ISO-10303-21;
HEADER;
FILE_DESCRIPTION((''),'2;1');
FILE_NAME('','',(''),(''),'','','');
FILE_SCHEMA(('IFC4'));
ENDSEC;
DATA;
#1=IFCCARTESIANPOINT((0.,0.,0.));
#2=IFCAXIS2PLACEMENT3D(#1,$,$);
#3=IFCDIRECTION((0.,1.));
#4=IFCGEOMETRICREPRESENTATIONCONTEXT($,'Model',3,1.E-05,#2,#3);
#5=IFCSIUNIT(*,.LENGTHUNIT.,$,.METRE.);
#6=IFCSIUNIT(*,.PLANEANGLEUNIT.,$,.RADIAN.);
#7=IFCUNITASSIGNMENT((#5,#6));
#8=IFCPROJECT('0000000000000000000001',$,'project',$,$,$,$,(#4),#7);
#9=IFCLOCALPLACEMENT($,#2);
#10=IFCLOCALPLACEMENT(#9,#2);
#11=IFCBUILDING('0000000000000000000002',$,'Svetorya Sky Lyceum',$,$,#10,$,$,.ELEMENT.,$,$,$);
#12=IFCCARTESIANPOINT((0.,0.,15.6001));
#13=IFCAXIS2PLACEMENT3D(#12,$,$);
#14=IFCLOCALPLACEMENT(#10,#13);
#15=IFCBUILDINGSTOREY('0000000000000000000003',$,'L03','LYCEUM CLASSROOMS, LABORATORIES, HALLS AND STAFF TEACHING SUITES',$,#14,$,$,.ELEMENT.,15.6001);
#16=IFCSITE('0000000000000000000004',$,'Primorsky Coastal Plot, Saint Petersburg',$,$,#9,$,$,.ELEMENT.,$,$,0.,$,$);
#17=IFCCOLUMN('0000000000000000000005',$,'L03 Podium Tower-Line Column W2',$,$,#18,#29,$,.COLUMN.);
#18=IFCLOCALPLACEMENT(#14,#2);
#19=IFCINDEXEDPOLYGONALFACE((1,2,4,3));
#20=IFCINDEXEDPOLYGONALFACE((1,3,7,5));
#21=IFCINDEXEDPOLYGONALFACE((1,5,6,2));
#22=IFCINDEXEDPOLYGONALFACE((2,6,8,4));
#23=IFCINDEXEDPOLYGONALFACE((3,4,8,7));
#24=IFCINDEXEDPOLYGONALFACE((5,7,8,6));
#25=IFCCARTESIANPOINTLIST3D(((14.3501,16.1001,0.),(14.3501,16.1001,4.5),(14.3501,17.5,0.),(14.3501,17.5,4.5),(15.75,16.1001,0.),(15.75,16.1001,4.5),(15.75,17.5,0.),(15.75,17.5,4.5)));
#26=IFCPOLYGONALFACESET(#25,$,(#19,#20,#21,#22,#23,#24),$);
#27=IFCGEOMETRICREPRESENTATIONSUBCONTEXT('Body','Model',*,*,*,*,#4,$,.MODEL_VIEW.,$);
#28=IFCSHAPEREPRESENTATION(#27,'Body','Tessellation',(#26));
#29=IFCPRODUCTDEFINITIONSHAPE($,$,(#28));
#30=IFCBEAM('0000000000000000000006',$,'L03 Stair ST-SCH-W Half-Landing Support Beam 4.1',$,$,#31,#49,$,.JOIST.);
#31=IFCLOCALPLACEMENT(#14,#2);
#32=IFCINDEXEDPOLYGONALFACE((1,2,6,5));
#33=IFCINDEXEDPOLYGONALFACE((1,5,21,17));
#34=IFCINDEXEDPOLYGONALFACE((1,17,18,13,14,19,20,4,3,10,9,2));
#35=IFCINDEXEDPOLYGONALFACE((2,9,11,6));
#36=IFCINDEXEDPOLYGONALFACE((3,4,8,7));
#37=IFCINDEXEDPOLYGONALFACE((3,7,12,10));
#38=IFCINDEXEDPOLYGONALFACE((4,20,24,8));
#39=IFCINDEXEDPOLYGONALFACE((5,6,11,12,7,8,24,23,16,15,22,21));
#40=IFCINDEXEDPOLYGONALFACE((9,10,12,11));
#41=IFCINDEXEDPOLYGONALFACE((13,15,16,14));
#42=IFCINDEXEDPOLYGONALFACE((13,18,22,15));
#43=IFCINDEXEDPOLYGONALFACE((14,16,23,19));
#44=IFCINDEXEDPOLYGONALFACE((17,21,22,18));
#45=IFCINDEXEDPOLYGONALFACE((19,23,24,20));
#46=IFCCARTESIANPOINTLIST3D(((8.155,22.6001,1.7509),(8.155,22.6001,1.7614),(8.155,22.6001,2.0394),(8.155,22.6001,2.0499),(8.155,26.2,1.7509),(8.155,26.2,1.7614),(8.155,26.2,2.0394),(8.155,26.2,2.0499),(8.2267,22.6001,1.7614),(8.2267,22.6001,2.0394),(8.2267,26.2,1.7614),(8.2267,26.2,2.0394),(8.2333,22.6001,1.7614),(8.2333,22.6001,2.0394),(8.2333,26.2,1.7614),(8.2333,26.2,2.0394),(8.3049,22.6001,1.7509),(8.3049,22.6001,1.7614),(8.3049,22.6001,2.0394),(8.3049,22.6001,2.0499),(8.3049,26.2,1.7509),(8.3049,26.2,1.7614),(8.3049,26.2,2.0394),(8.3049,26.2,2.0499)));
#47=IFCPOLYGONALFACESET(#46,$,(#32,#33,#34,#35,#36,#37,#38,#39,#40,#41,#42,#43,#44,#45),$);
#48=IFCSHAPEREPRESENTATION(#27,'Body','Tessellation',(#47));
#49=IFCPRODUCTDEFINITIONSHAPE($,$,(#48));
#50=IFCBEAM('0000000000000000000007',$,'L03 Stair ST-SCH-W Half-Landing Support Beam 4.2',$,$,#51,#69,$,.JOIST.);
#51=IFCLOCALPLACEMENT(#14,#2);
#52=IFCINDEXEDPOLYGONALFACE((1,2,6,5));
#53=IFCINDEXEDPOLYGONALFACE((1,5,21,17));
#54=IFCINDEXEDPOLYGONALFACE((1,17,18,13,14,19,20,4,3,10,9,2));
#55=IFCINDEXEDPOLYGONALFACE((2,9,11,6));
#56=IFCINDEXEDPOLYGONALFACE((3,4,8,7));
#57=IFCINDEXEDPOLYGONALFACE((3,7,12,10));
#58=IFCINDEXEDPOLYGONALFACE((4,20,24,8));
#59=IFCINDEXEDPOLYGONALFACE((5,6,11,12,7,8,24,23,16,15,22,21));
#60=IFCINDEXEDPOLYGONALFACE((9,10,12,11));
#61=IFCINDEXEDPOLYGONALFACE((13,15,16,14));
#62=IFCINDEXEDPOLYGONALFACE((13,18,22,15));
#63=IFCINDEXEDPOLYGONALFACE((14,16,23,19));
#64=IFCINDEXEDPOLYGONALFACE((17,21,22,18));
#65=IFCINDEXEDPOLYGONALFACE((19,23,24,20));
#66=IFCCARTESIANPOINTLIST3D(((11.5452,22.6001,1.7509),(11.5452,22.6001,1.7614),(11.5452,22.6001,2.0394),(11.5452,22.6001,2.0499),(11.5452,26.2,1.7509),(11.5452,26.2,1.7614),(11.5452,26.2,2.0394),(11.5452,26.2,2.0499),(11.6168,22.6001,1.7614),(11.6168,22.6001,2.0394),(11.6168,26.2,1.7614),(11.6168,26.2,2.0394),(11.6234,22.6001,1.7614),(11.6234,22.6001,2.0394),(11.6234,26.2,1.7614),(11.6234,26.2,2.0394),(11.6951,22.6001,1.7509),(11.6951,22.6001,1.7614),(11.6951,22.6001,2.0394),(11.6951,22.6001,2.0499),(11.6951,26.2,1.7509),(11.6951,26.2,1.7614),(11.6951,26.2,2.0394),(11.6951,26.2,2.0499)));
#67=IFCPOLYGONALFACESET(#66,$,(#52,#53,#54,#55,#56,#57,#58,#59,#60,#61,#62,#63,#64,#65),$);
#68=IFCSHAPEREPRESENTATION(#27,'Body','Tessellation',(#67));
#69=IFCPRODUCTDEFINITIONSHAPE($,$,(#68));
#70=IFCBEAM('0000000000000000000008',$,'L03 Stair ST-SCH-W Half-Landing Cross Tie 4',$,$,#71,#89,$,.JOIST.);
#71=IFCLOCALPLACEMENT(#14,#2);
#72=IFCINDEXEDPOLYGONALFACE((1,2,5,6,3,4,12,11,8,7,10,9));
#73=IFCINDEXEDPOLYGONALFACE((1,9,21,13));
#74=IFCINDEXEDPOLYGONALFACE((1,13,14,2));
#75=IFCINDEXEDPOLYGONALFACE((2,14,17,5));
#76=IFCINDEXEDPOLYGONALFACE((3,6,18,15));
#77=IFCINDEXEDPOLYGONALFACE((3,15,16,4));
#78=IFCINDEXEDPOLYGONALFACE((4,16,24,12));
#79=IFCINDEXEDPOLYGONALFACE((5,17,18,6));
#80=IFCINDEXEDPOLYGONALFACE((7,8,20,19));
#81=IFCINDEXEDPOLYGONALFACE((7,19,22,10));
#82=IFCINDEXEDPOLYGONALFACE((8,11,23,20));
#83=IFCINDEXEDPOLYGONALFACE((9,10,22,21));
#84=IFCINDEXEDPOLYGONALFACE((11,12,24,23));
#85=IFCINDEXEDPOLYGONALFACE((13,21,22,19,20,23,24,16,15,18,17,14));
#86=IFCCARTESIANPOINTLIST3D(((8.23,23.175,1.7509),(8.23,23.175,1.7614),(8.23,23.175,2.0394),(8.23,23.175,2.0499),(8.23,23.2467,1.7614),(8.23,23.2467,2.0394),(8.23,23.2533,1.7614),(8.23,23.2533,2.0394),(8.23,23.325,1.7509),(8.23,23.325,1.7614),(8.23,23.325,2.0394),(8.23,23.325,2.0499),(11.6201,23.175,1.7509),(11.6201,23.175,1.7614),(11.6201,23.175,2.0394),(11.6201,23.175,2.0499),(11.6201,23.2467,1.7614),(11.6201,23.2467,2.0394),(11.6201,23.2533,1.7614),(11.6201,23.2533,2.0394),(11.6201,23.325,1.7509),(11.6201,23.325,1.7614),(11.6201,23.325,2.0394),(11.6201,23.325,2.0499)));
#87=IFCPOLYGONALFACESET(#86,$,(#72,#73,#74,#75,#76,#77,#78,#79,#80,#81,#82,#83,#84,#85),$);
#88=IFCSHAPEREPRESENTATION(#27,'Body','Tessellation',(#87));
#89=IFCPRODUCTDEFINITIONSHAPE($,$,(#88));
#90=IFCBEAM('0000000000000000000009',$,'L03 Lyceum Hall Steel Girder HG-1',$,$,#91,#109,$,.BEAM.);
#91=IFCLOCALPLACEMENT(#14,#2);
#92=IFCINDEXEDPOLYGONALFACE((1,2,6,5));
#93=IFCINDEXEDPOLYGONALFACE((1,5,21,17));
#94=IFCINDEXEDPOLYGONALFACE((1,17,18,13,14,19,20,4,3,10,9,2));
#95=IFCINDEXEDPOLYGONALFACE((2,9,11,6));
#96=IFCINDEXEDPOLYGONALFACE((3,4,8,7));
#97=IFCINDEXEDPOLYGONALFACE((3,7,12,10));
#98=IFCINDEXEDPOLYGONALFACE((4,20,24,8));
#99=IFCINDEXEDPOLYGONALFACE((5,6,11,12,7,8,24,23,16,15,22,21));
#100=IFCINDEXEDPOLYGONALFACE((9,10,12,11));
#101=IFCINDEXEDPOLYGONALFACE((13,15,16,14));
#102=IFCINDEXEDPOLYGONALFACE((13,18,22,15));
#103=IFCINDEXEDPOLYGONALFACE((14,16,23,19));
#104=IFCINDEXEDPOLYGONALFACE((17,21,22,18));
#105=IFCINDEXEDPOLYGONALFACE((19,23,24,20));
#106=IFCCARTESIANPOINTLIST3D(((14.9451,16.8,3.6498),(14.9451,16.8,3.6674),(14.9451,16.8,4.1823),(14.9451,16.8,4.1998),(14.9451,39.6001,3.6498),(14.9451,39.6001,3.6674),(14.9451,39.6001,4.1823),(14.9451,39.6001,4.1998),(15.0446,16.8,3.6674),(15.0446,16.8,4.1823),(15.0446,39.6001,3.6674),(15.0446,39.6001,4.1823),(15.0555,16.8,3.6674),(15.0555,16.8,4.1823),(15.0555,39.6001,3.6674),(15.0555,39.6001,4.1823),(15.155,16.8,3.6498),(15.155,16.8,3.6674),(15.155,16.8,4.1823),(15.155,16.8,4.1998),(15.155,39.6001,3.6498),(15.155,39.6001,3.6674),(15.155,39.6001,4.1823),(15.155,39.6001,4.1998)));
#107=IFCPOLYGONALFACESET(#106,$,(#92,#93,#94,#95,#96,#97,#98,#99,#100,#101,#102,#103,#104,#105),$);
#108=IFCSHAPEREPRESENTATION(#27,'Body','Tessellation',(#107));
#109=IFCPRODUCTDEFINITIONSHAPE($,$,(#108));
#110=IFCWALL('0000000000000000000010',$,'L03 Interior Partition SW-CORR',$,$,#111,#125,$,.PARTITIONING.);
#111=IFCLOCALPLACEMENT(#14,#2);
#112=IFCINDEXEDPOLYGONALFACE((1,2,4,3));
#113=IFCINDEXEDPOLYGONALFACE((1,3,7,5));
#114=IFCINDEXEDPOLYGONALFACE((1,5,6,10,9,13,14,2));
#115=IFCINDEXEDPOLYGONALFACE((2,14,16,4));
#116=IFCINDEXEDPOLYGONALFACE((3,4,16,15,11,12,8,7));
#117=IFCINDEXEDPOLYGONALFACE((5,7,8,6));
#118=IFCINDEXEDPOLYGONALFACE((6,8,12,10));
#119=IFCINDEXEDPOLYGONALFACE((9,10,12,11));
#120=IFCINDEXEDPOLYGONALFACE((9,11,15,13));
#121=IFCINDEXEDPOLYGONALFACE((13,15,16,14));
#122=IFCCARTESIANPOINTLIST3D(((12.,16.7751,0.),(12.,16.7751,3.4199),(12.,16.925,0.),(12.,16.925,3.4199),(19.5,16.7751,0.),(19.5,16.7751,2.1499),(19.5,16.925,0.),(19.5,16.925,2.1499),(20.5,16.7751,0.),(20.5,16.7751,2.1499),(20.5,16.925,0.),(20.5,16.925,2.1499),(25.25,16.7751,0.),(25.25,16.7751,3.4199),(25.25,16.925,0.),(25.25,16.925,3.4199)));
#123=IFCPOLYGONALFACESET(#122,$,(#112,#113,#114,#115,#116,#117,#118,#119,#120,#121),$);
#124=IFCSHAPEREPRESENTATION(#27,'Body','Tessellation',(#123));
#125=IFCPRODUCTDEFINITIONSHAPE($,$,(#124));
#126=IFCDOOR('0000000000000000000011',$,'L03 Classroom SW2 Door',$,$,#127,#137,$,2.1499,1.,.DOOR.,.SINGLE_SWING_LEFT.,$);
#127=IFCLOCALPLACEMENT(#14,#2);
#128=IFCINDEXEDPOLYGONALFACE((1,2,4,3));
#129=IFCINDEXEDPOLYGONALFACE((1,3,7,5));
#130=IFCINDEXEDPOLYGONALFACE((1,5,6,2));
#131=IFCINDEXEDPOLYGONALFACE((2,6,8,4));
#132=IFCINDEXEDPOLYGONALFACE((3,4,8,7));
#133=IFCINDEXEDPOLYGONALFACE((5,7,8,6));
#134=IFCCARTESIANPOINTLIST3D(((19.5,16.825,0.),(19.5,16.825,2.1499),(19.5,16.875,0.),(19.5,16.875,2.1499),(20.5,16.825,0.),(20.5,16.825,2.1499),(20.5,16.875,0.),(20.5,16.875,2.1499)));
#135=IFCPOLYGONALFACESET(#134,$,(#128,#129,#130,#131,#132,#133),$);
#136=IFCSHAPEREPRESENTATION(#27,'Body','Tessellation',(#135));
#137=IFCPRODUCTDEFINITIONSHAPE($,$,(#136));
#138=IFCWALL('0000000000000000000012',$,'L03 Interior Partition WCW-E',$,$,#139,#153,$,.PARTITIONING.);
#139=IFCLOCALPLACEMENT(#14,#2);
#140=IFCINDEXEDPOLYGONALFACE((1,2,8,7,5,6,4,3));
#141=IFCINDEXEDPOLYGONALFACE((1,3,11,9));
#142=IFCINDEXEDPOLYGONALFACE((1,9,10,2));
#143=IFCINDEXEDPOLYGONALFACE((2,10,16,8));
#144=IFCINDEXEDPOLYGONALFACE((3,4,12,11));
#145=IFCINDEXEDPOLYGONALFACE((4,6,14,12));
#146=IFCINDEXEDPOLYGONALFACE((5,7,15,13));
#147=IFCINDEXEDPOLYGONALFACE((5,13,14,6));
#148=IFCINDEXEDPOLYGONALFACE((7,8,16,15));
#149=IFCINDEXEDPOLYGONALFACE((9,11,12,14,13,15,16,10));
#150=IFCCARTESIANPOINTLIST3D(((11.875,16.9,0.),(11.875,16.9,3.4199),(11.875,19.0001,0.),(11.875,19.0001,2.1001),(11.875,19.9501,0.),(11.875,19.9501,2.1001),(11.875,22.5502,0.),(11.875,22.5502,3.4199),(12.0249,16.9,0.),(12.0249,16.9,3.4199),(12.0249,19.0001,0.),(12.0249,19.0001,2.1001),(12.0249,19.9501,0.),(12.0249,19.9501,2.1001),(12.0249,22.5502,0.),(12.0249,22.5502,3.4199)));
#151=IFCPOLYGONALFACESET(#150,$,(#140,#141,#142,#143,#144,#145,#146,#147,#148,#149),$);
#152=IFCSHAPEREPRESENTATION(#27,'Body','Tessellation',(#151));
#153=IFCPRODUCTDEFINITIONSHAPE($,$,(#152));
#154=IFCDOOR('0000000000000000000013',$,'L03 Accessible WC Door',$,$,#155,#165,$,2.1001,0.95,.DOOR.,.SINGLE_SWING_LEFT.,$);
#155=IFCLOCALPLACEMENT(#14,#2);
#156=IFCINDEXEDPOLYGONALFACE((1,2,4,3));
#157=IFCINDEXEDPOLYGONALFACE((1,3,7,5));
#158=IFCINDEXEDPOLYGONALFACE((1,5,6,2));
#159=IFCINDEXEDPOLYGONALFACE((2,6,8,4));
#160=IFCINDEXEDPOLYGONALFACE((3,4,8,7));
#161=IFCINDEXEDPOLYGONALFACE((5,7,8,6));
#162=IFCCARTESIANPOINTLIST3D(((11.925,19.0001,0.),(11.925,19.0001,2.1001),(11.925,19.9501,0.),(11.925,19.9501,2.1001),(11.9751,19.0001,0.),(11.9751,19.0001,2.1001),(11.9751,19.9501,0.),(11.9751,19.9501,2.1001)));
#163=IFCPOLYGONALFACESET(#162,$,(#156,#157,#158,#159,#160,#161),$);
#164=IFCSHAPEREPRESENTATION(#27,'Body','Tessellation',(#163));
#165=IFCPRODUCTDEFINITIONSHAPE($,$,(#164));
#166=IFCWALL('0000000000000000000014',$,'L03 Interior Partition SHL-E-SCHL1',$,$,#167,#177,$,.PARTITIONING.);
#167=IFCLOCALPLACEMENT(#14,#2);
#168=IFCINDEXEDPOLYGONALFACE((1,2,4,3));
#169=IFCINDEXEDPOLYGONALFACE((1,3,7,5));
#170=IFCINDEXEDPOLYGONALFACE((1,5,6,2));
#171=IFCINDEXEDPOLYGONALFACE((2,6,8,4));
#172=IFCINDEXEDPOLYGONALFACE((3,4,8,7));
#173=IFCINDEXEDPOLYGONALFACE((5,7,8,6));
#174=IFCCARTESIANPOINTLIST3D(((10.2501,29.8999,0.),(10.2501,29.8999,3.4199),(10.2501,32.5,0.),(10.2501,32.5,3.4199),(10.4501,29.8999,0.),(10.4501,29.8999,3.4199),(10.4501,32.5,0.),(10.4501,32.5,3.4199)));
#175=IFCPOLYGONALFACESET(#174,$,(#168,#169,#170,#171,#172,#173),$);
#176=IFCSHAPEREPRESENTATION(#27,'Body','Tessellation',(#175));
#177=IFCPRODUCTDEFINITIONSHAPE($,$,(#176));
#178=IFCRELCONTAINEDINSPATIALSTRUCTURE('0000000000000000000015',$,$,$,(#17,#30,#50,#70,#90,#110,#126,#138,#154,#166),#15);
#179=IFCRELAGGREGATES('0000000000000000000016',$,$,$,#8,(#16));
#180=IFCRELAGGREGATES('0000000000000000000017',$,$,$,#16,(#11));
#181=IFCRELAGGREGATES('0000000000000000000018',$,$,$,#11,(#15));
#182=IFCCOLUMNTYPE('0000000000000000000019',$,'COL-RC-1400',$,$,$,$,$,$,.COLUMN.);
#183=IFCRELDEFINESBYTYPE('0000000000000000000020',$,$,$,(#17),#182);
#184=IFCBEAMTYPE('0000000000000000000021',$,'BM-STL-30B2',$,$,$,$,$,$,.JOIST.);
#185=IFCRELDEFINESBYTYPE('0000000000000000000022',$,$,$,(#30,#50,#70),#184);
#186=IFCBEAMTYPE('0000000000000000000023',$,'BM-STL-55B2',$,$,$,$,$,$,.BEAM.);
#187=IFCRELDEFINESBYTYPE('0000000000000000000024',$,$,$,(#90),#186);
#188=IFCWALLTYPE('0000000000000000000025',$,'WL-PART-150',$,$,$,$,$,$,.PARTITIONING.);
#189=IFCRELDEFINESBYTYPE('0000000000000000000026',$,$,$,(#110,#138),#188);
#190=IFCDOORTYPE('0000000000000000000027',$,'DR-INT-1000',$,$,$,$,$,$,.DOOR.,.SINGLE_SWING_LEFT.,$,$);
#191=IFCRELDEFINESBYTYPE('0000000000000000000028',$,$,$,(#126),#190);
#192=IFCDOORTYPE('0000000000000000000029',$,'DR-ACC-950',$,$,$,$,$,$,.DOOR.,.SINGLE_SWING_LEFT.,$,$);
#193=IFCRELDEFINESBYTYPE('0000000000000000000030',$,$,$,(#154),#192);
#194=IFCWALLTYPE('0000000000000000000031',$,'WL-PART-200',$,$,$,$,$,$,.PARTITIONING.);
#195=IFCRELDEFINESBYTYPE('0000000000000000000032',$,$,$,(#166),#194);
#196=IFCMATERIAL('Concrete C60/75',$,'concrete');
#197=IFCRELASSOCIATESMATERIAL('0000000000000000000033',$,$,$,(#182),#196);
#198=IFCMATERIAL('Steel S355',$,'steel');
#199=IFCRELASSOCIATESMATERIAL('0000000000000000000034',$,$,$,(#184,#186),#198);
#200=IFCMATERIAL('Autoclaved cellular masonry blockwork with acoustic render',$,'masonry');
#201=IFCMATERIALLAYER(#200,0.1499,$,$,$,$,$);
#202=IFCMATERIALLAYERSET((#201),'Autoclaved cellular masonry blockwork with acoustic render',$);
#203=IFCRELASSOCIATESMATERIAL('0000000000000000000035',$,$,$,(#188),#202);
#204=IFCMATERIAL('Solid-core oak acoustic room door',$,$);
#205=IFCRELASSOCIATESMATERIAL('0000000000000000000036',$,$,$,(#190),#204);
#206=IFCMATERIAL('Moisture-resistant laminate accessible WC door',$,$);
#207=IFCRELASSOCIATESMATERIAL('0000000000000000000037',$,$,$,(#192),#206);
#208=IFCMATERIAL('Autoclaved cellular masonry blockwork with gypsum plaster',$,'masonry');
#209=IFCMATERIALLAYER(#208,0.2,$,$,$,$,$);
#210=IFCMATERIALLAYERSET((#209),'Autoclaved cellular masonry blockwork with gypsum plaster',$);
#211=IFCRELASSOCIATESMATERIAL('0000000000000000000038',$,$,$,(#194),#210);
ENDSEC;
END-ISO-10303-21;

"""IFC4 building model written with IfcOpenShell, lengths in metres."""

from ifc_helpers import new_model, si_unit, direction, frame, frame_2d, origin, origin_2d, place, context, subcontext, project, spatial, rectangle, i_section, extrude, material, layer, layer_set, material_profile, profile_set, type_object, element, fill, save


model = new_model("IFC4")

# Units and contexts
model_context = context("Model", 3, precision=1e-05, world=origin(), true_north=direction((0.0, 1.0)))
body_context = subcontext(model_context, "Body", "Model", "MODEL_VIEW")
ifc_project = project(units=[si_unit("LENGTHUNIT", "METRE"), si_unit("PLANEANGLEUNIT", "RADIAN")], contexts=[model_context])

# Site, building, storey
site_placement = place(None, origin())
site = spatial("IfcSite", under=ifc_project, at=site_placement, Name="Primorsky Coastal Plot, Saint Petersburg", CompositionType="ELEMENT", RefElevation=0.0)
building_placement = place(site_placement, origin())
building = spatial("IfcBuilding", under=site, at=building_placement, Name="Svetorya Sky Lyceum", CompositionType="ELEMENT")
storey_placement = place(building_placement, frame((0.0, 0.0, 15.6001)))
storey = spatial("IfcBuildingStorey", under=building, at=storey_placement, Name="L03", Description="LYCEUM CLASSROOMS, LABORATORIES, HALLS AND STAFF TEACHING SUITES", CompositionType="ELEMENT", Elevation=15.6001)

# Column
ifc_material_1 = material(Name="Concrete C60/75", Category="concrete")
ifc_material_profile_1 = material_profile(ifc_material_1, rectangle(XDim=1.3999, YDim=1.3999, at=origin_2d()), Name="RC COL 1400x1400")
ifc_profile_set_1 = profile_set([ifc_material_profile_1], Name="Concrete C60/75")
column_type = type_object("IfcColumnType", Name="COL-RC-1400", PredefinedType="COLUMN", material=ifc_profile_set_1)
column_placement = place(storey_placement, frame((15.05, 16.8, 0.0), z_axis=(0.0, 0.0, 1.0), x_axis=(1.0, 0.0, 0.0)))
element("IfcColumn", 1, at=column_placement, inside=storey, type_object=column_type, Name="L03 Podium Tower-Line Column W2", PredefinedType="COLUMN", context=body_context, shape_type="SweptSolid", body=[
    extrude(rectangle(XDim=1.3999, YDim=1.3999, at=origin_2d()), origin(), (0.0, 0.0, 1.0), 4.5),
])

# Beams
ifc_material_2 = material(Name="Steel S355", Category="steel")
ifc_material_profile_2 = material_profile(ifc_material_2, i_section(OverallWidth=0.1499, OverallDepth=0.2991, WebThickness=0.0066, FlangeThickness=0.0105, at=origin_2d()), Name="GOST 30B2")
ifc_profile_set_2 = profile_set([ifc_material_profile_2], Name="Steel S355")
beam_type_1 = type_object("IfcBeamType", Name="BM-STL-30B2", PredefinedType="JOIST", material=ifc_profile_set_2)
for number, where, z_axis, x_axis, name in (
    (2, (8.23, 22.6001, 1.9004), (0.0, 1.0, 0.0), (-1.0, 0.0, 0.0), "L03 Stair ST-SCH-W Half-Landing Support Beam 4.1"),
    (3, (11.6201, 22.6001, 1.9004), (0.0, 1.0, 0.0), (-1.0, 0.0, 0.0), "L03 Stair ST-SCH-W Half-Landing Support Beam 4.2"),
):
    element("IfcBeam", number, at=place(storey_placement, frame(where, z_axis=z_axis, x_axis=x_axis)), inside=storey, type_object=beam_type_1, Name=name, PredefinedType="JOIST", context=body_context, shape_type="SweptSolid", body=[
        extrude(i_section(OverallWidth=0.1499, OverallDepth=0.2991, WebThickness=0.0066, FlangeThickness=0.0105, at=origin_2d()), origin(), (0.0, 0.0, 1.0), 3.5999),
    ])
beam_1_placement = place(storey_placement, frame((8.23, 23.25, 1.9004), z_axis=(1.0, 0.0, 0.0), x_axis=(0.0, 1.0, 0.0)))
element("IfcBeam", 4, at=beam_1_placement, inside=storey, type_object=beam_type_1, Name="L03 Stair ST-SCH-W Half-Landing Cross Tie 4", PredefinedType="JOIST", context=body_context, shape_type="SweptSolid", body=[
    extrude(i_section(OverallWidth=0.1499, OverallDepth=0.2991, WebThickness=0.0066, FlangeThickness=0.0105, at=origin_2d()), origin(), (0.0, 0.0, 1.0), 3.3901),
])
ifc_material_profile_3 = material_profile(ifc_material_2, i_section(OverallWidth=0.21, OverallDepth=0.55, WebThickness=0.011, FlangeThickness=0.0176, at=origin_2d()), Name="GOST 55B2")
ifc_profile_set_3 = profile_set([ifc_material_profile_3], Name="Steel S355")
beam_type_2 = type_object("IfcBeamType", Name="BM-STL-55B2", PredefinedType="BEAM", material=ifc_profile_set_3)
beam_2_placement = place(storey_placement, frame((15.05, 16.8, 3.9248), z_axis=(0.0, 1.0, 0.0), x_axis=(-1.0, 0.0, 0.0)))
element("IfcBeam", 5, at=beam_2_placement, inside=storey, type_object=beam_type_2, Name="L03 Lyceum Hall Steel Girder HG-1", PredefinedType="BEAM", context=body_context, shape_type="SweptSolid", body=[
    extrude(i_section(OverallWidth=0.21, OverallDepth=0.55, WebThickness=0.011, FlangeThickness=0.0176, at=origin_2d()), origin(), (0.0, 0.0, 1.0), 22.8),
])

# Walls, openings, doors
ifc_material_3 = material(Name="Autoclaved cellular masonry blockwork with acoustic render", Category="masonry")
ifc_layer_1 = layer(ifc_material_3, 0.1499)
ifc_layer_set_1 = layer_set([ifc_layer_1], Name="Autoclaved cellular masonry blockwork with acoustic render")
wall_type_1 = type_object("IfcWallType", Name="WL-PART-150", PredefinedType="PARTITIONING", material=ifc_layer_set_1)
wall_1_placement = place(storey_placement, frame((12.0, 16.8501, 0.0), z_axis=(0.0, 0.0, 1.0), x_axis=(1.0, 0.0, 0.0)))
wall_1 = element("IfcWall", 6, at=wall_1_placement, inside=storey, type_object=wall_type_1, Name="L03 Interior Partition SW-CORR", PredefinedType="PARTITIONING", context=body_context, shape_type="SweptSolid", body=[
    extrude(rectangle(XDim=13.25, YDim=0.1499, at=frame_2d((6.625, 0.0))), origin(), (0.0, 0.0, 1.0), 3.4199),
])
opening_1_placement = place(wall_1_placement, frame((7.5, 0.0, 0.0)))
opening_1 = element("IfcOpeningElement", 7, at=opening_1_placement, cuts=wall_1, PredefinedType="OPENING", context=body_context, shape_type="SweptSolid", body=[
    extrude(rectangle(XDim=1.0, YDim=2.1499, at=frame_2d((0.5, 1.075))), frame((0.0, 0.085, 0.0), z_axis=(0.0, -1.0, 0.0), x_axis=(1.0, 0.0, 0.0)), (0.0, 0.0, 1.0), 0.1699),
])
ifc_material_4 = material(Name="Solid-core oak acoustic room door")
door_type_1 = type_object("IfcDoorType", Name="DR-INT-1000", OperationType="SINGLE_SWING_LEFT", PredefinedType="DOOR", material=ifc_material_4)
door_1_placement = place(opening_1_placement, origin())
door_1 = element("IfcDoor", 8, at=door_1_placement, inside=storey, type_object=door_type_1, Name="L03 Classroom SW2 Door", OperationType="SINGLE_SWING_LEFT", OverallHeight=2.1499, OverallWidth=1.0, PredefinedType="DOOR", context=body_context, shape_type="SweptSolid", body=[
    extrude(rectangle(XDim=1.0, YDim=2.1499, at=frame_2d((0.5, 1.075))), frame((0.0, 0.0249, 0.0), z_axis=(0.0, -1.0, 0.0), x_axis=(1.0, 0.0, 0.0)), (0.0, 0.0, 1.0), 0.05),
])
fill(opening_1, door_1)
wall_2_placement = place(storey_placement, frame((11.95, 16.8999, 0.0), z_axis=(0.0, 0.0, 1.0), x_axis=(0.0, 1.0, 0.0)))
wall_2 = element("IfcWall", 9, at=wall_2_placement, inside=storey, type_object=wall_type_1, Name="L03 Interior Partition WCW-E", PredefinedType="PARTITIONING", context=body_context, shape_type="SweptSolid", body=[
    extrude(rectangle(XDim=5.6501, YDim=0.1499, at=frame_2d((2.8252, 0.0))), origin(), (0.0, 0.0, 1.0), 3.4199),
])
opening_2_placement = place(wall_2_placement, frame((2.1001, 0.0, 0.0)))
opening_2 = element("IfcOpeningElement", 10, at=opening_2_placement, cuts=wall_2, PredefinedType="OPENING", context=body_context, shape_type="SweptSolid", body=[
    extrude(rectangle(XDim=0.95, YDim=2.1001, at=frame_2d((0.4751, 1.05))), frame((0.0, 0.085, 0.0), z_axis=(0.0, -1.0, 0.0), x_axis=(1.0, 0.0, 0.0)), (0.0, 0.0, 1.0), 0.1699),
])
ifc_material_5 = material(Name="Moisture-resistant laminate accessible WC door")
door_type_2 = type_object("IfcDoorType", Name="DR-ACC-950", OperationType="SINGLE_SWING_LEFT", PredefinedType="DOOR", material=ifc_material_5)
door_2_placement = place(opening_2_placement, origin())
door_2 = element("IfcDoor", 11, at=door_2_placement, inside=storey, type_object=door_type_2, Name="L03 Accessible WC Door", OperationType="SINGLE_SWING_LEFT", OverallHeight=2.1001, OverallWidth=0.95, PredefinedType="DOOR", context=body_context, shape_type="SweptSolid", body=[
    extrude(rectangle(XDim=0.95, YDim=2.1001, at=frame_2d((0.4751, 1.05))), frame((0.0, 0.0249, 0.0), z_axis=(0.0, -1.0, 0.0), x_axis=(1.0, 0.0, 0.0)), (0.0, 0.0, 1.0), 0.05),
])
fill(opening_2, door_2)

# Wall
ifc_material_6 = material(Name="Autoclaved cellular masonry blockwork with gypsum plaster", Category="masonry")
ifc_layer_2 = layer(ifc_material_6, 0.2)
ifc_layer_set_2 = layer_set([ifc_layer_2], Name="Autoclaved cellular masonry blockwork with gypsum plaster")
wall_type_2 = type_object("IfcWallType", Name="WL-PART-200", PredefinedType="PARTITIONING", material=ifc_layer_set_2)
wall_3_placement = place(storey_placement, frame((10.3501, 29.8999, 0.0), z_axis=(0.0, 0.0, 1.0), x_axis=(0.0, 1.0, 0.0)))
element("IfcWall", 12, at=wall_3_placement, inside=storey, type_object=wall_type_2, Name="L03 Interior Partition SHL-E-SCHL1", PredefinedType="PARTITIONING", context=body_context, shape_type="SweptSolid", body=[
    extrude(rectangle(XDim=2.6001, YDim=0.2, at=frame_2d((1.3, 0.0))), origin(), (0.0, 0.0, 1.0), 3.4199),
])

save(model, "model.ifc")
